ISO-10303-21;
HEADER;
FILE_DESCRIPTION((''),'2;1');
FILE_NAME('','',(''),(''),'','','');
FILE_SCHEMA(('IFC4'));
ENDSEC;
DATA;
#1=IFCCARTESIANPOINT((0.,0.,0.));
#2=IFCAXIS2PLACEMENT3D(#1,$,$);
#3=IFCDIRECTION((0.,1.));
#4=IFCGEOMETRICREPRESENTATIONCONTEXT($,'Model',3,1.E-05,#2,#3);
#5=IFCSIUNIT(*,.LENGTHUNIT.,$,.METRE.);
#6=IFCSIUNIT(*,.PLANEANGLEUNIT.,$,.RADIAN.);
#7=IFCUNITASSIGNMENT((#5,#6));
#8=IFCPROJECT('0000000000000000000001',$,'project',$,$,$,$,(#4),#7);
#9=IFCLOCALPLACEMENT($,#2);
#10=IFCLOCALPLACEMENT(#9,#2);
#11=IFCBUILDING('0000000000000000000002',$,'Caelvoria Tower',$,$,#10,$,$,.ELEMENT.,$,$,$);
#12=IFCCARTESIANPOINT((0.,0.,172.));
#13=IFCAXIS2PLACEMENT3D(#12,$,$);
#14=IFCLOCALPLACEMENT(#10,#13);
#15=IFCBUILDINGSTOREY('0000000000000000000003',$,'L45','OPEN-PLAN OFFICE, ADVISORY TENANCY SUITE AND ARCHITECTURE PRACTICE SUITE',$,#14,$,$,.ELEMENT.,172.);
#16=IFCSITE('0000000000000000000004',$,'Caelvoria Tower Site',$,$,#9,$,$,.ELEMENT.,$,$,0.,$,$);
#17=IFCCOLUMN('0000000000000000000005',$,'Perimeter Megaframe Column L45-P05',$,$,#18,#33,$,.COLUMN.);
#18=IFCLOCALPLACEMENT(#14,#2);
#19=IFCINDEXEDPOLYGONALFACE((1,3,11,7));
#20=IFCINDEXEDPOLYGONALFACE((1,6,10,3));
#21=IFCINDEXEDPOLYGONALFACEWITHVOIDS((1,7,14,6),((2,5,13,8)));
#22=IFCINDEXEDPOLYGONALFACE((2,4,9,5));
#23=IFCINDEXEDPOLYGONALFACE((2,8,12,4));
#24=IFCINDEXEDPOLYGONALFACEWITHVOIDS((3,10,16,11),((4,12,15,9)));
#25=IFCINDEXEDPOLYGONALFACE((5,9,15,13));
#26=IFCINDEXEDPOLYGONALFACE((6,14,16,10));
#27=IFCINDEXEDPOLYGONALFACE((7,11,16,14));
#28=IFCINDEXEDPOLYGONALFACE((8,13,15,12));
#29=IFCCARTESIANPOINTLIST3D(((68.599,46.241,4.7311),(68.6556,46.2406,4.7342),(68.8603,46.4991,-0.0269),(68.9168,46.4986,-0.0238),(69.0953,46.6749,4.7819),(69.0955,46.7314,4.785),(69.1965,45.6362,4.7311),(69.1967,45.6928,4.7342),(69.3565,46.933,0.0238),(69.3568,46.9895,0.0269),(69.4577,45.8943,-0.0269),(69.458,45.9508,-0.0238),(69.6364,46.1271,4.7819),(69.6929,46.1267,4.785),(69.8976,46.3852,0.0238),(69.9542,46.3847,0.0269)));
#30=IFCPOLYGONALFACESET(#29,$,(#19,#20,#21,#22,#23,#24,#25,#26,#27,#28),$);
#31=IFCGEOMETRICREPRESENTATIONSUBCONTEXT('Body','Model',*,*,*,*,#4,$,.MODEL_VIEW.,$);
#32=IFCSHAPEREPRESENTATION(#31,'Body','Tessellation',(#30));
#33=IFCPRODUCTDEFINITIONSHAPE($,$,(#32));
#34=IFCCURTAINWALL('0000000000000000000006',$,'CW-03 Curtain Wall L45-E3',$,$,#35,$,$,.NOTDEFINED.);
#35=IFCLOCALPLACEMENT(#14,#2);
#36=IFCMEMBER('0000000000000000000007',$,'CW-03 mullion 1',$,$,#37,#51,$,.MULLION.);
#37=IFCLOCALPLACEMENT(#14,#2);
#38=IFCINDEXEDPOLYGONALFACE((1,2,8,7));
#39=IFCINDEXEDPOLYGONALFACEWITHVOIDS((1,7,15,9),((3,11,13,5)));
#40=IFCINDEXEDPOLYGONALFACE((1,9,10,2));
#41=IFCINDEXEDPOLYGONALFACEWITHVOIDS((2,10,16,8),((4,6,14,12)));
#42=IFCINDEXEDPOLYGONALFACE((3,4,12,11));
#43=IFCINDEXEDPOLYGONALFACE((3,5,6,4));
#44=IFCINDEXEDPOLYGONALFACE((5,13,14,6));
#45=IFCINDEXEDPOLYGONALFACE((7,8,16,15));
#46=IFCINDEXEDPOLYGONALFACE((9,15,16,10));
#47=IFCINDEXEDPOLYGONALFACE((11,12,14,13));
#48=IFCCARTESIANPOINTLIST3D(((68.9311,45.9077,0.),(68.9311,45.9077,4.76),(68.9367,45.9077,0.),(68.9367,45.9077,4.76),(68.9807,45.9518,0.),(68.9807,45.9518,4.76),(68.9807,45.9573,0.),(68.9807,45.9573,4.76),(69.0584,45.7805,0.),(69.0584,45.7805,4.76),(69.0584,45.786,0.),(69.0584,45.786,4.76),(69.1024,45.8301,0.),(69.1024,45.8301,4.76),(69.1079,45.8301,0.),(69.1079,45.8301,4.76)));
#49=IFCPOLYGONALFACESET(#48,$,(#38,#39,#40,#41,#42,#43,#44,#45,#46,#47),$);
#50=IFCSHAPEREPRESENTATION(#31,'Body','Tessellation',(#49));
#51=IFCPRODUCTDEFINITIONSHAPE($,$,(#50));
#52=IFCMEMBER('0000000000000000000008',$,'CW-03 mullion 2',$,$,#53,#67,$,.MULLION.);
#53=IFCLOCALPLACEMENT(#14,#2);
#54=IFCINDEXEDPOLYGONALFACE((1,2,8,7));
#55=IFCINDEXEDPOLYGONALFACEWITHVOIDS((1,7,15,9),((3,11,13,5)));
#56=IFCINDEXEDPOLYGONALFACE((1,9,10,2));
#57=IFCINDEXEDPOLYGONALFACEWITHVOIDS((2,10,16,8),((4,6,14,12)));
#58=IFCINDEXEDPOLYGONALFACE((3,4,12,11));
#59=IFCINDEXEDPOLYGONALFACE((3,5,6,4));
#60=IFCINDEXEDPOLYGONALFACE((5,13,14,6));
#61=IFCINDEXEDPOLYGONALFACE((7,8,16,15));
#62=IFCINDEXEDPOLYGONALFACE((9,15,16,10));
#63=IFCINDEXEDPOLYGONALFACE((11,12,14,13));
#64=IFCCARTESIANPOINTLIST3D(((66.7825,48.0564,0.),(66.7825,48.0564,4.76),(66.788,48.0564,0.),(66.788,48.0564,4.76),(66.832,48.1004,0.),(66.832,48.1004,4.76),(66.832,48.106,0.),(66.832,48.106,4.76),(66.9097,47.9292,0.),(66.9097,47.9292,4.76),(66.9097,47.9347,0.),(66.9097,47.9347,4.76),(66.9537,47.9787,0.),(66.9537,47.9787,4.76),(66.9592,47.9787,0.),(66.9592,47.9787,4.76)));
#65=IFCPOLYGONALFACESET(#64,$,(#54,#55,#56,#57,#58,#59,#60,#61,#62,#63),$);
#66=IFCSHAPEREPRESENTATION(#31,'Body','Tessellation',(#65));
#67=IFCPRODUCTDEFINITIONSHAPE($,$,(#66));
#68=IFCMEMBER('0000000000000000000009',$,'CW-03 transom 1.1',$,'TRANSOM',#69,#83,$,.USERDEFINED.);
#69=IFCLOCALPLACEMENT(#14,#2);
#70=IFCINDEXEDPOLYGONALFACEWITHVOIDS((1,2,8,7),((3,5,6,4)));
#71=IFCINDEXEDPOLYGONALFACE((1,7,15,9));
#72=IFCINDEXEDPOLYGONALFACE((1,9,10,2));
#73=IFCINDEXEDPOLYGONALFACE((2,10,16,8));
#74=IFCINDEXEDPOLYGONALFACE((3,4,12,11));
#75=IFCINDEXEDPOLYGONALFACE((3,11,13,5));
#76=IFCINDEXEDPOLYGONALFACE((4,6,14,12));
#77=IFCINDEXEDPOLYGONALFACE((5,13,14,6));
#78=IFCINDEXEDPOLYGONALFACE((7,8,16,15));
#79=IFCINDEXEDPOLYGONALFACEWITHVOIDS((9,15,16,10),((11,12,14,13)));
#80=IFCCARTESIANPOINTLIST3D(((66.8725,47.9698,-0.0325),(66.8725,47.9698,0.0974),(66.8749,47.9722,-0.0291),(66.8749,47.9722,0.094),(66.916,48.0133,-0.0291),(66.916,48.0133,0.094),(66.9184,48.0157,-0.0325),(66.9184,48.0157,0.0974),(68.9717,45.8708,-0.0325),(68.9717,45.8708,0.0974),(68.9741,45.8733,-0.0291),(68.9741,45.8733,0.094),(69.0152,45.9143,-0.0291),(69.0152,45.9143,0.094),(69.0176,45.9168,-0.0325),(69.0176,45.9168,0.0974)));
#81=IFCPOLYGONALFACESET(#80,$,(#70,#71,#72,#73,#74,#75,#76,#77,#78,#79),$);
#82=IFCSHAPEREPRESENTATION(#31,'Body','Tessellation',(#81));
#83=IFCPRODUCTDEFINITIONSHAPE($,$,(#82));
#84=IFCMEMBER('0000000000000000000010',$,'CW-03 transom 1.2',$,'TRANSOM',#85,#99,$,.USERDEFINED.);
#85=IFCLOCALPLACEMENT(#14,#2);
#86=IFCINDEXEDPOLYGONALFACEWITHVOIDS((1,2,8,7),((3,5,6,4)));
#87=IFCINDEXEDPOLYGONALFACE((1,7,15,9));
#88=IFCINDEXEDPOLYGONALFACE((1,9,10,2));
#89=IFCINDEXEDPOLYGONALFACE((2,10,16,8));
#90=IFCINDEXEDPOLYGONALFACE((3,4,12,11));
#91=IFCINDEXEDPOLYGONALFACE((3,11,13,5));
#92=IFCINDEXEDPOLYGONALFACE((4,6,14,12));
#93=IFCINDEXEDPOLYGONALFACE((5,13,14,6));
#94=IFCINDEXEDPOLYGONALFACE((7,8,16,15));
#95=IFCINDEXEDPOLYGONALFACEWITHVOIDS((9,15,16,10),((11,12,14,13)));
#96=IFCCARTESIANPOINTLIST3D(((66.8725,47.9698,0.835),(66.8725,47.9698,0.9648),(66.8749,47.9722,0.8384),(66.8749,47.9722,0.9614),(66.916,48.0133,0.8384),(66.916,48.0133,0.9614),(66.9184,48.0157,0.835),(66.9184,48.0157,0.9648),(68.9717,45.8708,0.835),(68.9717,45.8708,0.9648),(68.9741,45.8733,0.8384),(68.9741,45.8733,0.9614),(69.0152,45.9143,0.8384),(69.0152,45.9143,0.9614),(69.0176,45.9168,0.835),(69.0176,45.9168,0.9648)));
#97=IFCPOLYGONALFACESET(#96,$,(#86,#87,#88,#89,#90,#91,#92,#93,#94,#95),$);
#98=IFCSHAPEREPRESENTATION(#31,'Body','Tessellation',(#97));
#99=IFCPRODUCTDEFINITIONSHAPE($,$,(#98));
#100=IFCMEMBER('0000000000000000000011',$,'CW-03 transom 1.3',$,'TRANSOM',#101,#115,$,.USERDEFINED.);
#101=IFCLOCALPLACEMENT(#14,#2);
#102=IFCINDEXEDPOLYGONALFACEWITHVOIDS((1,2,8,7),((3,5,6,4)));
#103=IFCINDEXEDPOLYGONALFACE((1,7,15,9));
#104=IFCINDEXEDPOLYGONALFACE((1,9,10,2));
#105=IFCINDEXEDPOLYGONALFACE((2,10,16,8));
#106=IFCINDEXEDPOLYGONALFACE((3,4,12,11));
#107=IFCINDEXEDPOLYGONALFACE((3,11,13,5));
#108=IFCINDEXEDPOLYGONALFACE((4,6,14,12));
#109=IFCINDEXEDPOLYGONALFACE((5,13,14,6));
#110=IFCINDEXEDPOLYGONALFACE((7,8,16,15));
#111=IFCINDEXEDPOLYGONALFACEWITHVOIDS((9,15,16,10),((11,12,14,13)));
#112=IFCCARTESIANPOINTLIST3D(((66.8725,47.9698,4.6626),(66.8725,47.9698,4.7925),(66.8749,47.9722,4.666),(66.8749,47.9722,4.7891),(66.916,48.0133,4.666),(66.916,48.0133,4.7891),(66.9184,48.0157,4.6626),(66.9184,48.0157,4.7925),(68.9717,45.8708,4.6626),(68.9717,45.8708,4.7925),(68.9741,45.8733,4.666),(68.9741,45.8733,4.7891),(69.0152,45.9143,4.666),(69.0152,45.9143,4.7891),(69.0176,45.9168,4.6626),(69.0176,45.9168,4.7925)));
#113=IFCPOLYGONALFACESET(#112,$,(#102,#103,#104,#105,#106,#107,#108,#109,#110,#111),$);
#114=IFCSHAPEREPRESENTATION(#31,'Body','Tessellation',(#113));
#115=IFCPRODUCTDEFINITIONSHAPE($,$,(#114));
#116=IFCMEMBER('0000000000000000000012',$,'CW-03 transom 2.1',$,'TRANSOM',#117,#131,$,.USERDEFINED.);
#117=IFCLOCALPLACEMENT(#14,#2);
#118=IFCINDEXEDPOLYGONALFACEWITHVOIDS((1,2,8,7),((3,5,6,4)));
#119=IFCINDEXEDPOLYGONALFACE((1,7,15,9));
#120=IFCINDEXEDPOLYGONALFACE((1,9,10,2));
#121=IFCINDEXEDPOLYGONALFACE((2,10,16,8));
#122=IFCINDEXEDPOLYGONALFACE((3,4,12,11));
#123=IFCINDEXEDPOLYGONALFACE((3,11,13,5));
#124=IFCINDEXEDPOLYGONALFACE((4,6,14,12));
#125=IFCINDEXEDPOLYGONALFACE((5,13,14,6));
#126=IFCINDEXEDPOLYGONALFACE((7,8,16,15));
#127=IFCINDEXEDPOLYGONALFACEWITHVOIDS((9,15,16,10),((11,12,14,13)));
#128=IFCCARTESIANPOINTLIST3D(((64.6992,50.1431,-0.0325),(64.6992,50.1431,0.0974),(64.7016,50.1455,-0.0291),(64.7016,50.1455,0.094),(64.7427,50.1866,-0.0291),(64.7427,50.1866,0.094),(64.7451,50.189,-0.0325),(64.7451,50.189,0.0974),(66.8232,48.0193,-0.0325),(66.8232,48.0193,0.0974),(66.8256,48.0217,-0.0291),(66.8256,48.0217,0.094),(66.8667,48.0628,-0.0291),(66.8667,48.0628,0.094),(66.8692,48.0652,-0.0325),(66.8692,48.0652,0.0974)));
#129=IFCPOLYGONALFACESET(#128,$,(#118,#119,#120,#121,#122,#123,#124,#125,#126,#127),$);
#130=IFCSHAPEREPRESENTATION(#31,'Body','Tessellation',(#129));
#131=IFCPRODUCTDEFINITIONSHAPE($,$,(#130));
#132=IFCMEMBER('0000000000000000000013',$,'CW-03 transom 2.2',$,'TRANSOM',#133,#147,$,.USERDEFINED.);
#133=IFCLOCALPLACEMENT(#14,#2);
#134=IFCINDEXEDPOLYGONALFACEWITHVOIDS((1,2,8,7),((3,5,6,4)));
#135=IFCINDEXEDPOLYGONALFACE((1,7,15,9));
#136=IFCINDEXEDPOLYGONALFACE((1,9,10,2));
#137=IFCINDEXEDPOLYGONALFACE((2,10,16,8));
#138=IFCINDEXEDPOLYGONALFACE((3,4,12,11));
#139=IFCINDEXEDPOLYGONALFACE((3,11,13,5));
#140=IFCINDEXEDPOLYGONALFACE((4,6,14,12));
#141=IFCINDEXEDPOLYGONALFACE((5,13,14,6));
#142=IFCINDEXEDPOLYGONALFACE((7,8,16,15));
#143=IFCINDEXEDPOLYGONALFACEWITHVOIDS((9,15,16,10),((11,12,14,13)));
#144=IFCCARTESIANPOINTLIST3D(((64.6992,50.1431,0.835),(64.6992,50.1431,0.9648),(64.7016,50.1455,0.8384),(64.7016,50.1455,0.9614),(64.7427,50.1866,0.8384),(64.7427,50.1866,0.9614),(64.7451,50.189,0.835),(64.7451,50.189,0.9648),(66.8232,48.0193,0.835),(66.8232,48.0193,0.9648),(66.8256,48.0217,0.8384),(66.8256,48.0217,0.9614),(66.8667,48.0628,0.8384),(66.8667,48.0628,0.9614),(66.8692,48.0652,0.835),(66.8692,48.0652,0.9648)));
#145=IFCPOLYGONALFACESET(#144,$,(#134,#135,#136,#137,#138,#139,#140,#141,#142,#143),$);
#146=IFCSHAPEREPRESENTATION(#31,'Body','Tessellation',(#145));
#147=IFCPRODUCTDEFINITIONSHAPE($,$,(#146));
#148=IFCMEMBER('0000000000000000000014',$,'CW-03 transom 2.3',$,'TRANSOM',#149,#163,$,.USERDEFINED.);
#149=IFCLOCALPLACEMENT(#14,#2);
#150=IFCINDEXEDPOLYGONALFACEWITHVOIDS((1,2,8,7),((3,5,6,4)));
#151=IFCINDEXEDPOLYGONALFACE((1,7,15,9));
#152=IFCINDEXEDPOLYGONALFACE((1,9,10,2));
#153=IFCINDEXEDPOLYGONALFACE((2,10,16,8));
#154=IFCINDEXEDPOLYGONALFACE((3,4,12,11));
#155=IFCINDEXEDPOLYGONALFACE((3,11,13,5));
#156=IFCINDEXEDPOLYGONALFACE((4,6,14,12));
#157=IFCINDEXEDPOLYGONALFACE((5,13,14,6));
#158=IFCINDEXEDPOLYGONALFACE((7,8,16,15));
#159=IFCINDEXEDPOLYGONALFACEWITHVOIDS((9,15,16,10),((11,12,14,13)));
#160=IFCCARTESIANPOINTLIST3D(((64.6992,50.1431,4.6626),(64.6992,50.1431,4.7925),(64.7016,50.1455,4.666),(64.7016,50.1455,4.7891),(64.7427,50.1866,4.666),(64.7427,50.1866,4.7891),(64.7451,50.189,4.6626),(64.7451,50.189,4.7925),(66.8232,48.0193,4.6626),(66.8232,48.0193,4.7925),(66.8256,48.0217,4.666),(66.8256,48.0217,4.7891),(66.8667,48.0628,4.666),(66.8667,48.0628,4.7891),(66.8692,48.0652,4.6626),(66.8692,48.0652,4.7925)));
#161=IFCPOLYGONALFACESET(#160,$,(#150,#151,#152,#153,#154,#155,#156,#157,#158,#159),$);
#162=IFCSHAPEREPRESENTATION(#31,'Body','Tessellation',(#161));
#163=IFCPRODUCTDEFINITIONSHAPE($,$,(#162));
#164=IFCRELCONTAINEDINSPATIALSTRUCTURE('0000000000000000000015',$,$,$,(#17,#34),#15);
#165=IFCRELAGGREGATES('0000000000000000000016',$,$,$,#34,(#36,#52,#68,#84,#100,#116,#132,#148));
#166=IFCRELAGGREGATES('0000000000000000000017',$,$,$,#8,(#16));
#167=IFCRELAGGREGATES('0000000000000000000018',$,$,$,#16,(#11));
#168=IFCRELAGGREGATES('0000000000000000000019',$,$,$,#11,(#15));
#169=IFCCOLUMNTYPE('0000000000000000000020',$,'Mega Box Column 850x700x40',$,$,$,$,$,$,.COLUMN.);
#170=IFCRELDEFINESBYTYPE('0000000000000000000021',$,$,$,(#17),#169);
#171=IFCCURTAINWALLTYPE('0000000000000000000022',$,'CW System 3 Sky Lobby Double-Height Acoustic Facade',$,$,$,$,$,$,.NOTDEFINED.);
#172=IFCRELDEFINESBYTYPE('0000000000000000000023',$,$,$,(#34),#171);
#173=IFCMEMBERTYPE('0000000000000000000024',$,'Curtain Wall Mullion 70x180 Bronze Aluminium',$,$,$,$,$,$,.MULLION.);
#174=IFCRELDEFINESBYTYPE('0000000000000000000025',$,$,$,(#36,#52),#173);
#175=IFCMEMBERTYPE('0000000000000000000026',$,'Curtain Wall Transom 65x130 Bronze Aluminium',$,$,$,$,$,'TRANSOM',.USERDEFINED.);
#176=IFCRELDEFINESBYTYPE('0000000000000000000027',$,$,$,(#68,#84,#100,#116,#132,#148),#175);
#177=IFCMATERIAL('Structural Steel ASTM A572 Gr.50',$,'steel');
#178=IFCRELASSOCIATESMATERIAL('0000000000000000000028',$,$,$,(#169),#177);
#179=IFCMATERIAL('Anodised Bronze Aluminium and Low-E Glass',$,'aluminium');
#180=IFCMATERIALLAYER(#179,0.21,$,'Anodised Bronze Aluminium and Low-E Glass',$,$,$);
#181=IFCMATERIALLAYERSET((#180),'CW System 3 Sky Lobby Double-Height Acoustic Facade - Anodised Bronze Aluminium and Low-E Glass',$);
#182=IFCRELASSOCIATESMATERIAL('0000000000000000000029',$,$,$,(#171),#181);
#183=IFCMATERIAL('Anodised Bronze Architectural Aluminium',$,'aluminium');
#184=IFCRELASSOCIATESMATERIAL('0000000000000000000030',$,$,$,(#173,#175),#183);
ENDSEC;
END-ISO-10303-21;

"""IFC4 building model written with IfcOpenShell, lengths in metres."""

from ifc_helpers import new_model, si_unit, direction, frame, origin, origin_2d, place, context, subcontext, project, spatial, hollow_rectangle, extrude, material, layer, layer_set, material_profile, profile_set, type_object, element, aggregate, save


model = new_model("IFC4")

# Units and contexts
model_context = context("Model", 3, precision=1e-05, world=origin(), true_north=direction((0.0, 1.0)))
body_context = subcontext(model_context, "Body", "Model", "MODEL_VIEW")
ifc_project = project(units=[si_unit("LENGTHUNIT", "METRE"), si_unit("PLANEANGLEUNIT", "RADIAN")], contexts=[model_context])

# Site, building, storey
site_placement = place(None, origin())
site = spatial("IfcSite", under=ifc_project, at=site_placement, Name="Caelvoria Tower Site", CompositionType="ELEMENT", RefElevation=0.0)
building_placement = place(site_placement, origin())
building = spatial("IfcBuilding", under=site, at=building_placement, Name="Caelvoria Tower", CompositionType="ELEMENT")
storey_placement = place(building_placement, frame((0.0, 0.0, 172.0)))
storey = spatial("IfcBuildingStorey", under=building, at=storey_placement, Name="L45", Description="OPEN-PLAN OFFICE, ADVISORY TENANCY SUITE AND ARCHITECTURE PRACTICE SUITE", CompositionType="ELEMENT", Elevation=172.0)

# Column
ifc_material_1 = material(Name="Structural Steel ASTM A572 Gr.50", Category="steel")
ifc_material_profile_1 = material_profile(ifc_material_1, hollow_rectangle(XDim=0.7, YDim=0.8501, WallThickness=0.04, at=origin_2d()), Name="Structural Steel ASTM A572 Gr.50")
ifc_profile_set_1 = profile_set([ifc_material_profile_1], Name="BOX850X700X40 - Structural Steel ASTM A572 Gr.50")
column_type = type_object("IfcColumnType", Name="Mega Box Column 850x700x40", PredefinedType="COLUMN", material=ifc_profile_set_1)
column_placement = place(storey_placement, frame((69.4072, 46.4419, 0.0), z_axis=(-0.05474, -0.054075, 0.997035), x_axis=(0.709306, 0.700688, 0.076945)))
element("IfcColumn", 1, at=column_placement, inside=storey, type_object=column_type, Name="Perimeter Megaframe Column L45-P05", PredefinedType="COLUMN", context=body_context, shape_type="SweptSolid", body=[
    extrude(hollow_rectangle(XDim=0.7, YDim=0.8501, WallThickness=0.04, at=origin_2d()), origin(), (0.0, 0.0, 1.0), 4.7722),
])

# Curtain wall, members
ifc_material_2 = material(Name="Anodised Bronze Aluminium and Low-E Glass", Category="aluminium")
ifc_layer_1 = layer(ifc_material_2, 0.21, Name="Anodised Bronze Aluminium and Low-E Glass")
ifc_layer_set_1 = layer_set([ifc_layer_1], Name="CW System 3 Sky Lobby Double-Height Acoustic Facade - Anodised Bronze Aluminium and Low-E Glass")
curtain_wall_type = type_object("IfcCurtainWallType", Name="CW System 3 Sky Lobby Double-Height Acoustic Facade", PredefinedType="NOTDEFINED", material=ifc_layer_set_1)
curtain_wall_placement = place(storey_placement, origin())
curtain_wall = element("IfcCurtainWall", 2, at=curtain_wall_placement, inside=storey, type_object=curtain_wall_type, Name="CW-03 Curtain Wall L45-E3", PredefinedType="NOTDEFINED")
ifc_material_3 = material(Name="Anodised Bronze Architectural Aluminium", Category="aluminium")
ifc_material_profile_2 = material_profile(ifc_material_3, hollow_rectangle(XDim=0.0701, YDim=0.1799, WallThickness=0.0039, at=origin_2d()), Name="Anodised Bronze Architectural Aluminium")
ifc_profile_set_2 = profile_set([ifc_material_profile_2], Name="CW_MULL_70X180 - Anodised Bronze Architectural Aluminium")
member_type_1 = type_object("IfcMemberType", Name="Curtain Wall Mullion 70x180 Bronze Aluminium", PredefinedType="MULLION", material=ifc_profile_set_2)
member_1_placement = place(storey_placement, frame((69.0195, 45.8689, 0.0), z_axis=(0.0, 0.0, 1.0), x_axis=(-0.707107, -0.707107, 0.0)))
member_1 = element("IfcMember", 3, at=member_1_placement, type_object=member_type_1, Name="CW-03 mullion 1", PredefinedType="MULLION", context=body_context, shape_type="SweptSolid", body=[
    extrude(hollow_rectangle(XDim=0.0701, YDim=0.1799, WallThickness=0.0039, at=origin_2d()), origin(), (0.0, 0.0, 1.0), 4.76),
])
member_2_placement = place(storey_placement, frame((66.8708, 48.0176, 0.0), z_axis=(0.0, 0.0, 1.0), x_axis=(-0.707107, -0.707107, 0.0)))
member_2 = element("IfcMember", 4, at=member_2_placement, type_object=member_type_1, Name="CW-03 mullion 2", PredefinedType="MULLION", context=body_context, shape_type="SweptSolid", body=[
    extrude(hollow_rectangle(XDim=0.0701, YDim=0.1799, WallThickness=0.0039, at=origin_2d()), origin(), (0.0, 0.0, 1.0), 4.76),
])
ifc_material_profile_3 = material_profile(ifc_material_3, hollow_rectangle(XDim=0.0649, YDim=0.1299, WallThickness=0.0034, at=origin_2d()), Name="Anodised Bronze Architectural Aluminium")
ifc_profile_set_3 = profile_set([ifc_material_profile_3], Name="CW_TRAN_65X130 - Anodised Bronze Architectural Aluminium")
member_type_2 = type_object("IfcMemberType", Name="Curtain Wall Transom 65x130 Bronze Aluminium", ElementType="TRANSOM", PredefinedType="USERDEFINED", material=ifc_profile_set_3)
member_3_placement = place(storey_placement, frame((68.9946, 45.8938, 0.0325), z_axis=(-0.707148, 0.707066, 0.0), x_axis=(-0.707066, -0.707148, 0.0)))
member_3 = element("IfcMember", 5, at=member_3_placement, type_object=member_type_2, Name="CW-03 transom 1.1", ObjectType="TRANSOM", PredefinedType="USERDEFINED", context=body_context, shape_type="SweptSolid", body=[
    extrude(hollow_rectangle(XDim=0.0649, YDim=0.1299, WallThickness=0.0034, at=origin_2d()), origin(), (0.0, 0.0, 1.0), 2.9685),
])
member_4_placement = place(storey_placement, frame((68.9946, 45.8938, 0.8999), z_axis=(-0.707148, 0.707066, 0.0), x_axis=(-0.707066, -0.707148, 0.0)))
member_4 = element("IfcMember", 6, at=member_4_placement, type_object=member_type_2, Name="CW-03 transom 1.2", ObjectType="TRANSOM", PredefinedType="USERDEFINED", context=body_context, shape_type="SweptSolid", body=[
    extrude(hollow_rectangle(XDim=0.0649, YDim=0.1299, WallThickness=0.0034, at=origin_2d()), origin(), (0.0, 0.0, 1.0), 2.9685),
])
member_5_placement = place(storey_placement, frame((68.9946, 45.8938, 4.7275), z_axis=(-0.707148, 0.707066, 0.0), x_axis=(-0.707066, -0.707148, 0.0)))
member_5 = element("IfcMember", 7, at=member_5_placement, type_object=member_type_2, Name="CW-03 transom 1.3", ObjectType="TRANSOM", PredefinedType="USERDEFINED", context=body_context, shape_type="SweptSolid", body=[
    extrude(hollow_rectangle(XDim=0.0649, YDim=0.1299, WallThickness=0.0034, at=origin_2d()), origin(), (0.0, 0.0, 1.0), 2.9685),
])
member_6_placement = place(storey_placement, frame((66.8462, 48.0422, 0.0325), z_axis=(-0.707147, 0.707066, 0.0), x_axis=(-0.707066, -0.707147, 0.0)))
member_6 = element("IfcMember", 8, at=member_6_placement, type_object=member_type_2, Name="CW-03 transom 2.1", ObjectType="TRANSOM", PredefinedType="USERDEFINED", context=body_context, shape_type="SweptSolid", body=[
    extrude(hollow_rectangle(XDim=0.0649, YDim=0.1299, WallThickness=0.0034, at=origin_2d()), origin(), (0.0, 0.0, 1.0), 3.0037),
])
member_7_placement = place(storey_placement, frame((66.8462, 48.0422, 0.8999), z_axis=(-0.707147, 0.707066, 0.0), x_axis=(-0.707066, -0.707147, 0.0)))
member_7 = element("IfcMember", 9, at=member_7_placement, type_object=member_type_2, Name="CW-03 transom 2.2", ObjectType="TRANSOM", PredefinedType="USERDEFINED", context=body_context, shape_type="SweptSolid", body=[
    extrude(hollow_rectangle(XDim=0.0649, YDim=0.1299, WallThickness=0.0034, at=origin_2d()), origin(), (0.0, 0.0, 1.0), 3.0037),
])
member_8_placement = place(storey_placement, frame((66.8462, 48.0422, 4.7275), z_axis=(-0.707147, 0.707066, 0.0), x_axis=(-0.707066, -0.707147, 0.0)))
member_8 = element("IfcMember", 10, at=member_8_placement, type_object=member_type_2, Name="CW-03 transom 2.3", ObjectType="TRANSOM", PredefinedType="USERDEFINED", context=body_context, shape_type="SweptSolid", body=[
    extrude(hollow_rectangle(XDim=0.0649, YDim=0.1299, WallThickness=0.0034, at=origin_2d()), origin(), (0.0, 0.0, 1.0), 3.0037),
])

aggregate(curtain_wall, [member_1, member_2, member_3, member_4, member_5, member_6, member_7, member_8])

save(model, "model.ifc")
